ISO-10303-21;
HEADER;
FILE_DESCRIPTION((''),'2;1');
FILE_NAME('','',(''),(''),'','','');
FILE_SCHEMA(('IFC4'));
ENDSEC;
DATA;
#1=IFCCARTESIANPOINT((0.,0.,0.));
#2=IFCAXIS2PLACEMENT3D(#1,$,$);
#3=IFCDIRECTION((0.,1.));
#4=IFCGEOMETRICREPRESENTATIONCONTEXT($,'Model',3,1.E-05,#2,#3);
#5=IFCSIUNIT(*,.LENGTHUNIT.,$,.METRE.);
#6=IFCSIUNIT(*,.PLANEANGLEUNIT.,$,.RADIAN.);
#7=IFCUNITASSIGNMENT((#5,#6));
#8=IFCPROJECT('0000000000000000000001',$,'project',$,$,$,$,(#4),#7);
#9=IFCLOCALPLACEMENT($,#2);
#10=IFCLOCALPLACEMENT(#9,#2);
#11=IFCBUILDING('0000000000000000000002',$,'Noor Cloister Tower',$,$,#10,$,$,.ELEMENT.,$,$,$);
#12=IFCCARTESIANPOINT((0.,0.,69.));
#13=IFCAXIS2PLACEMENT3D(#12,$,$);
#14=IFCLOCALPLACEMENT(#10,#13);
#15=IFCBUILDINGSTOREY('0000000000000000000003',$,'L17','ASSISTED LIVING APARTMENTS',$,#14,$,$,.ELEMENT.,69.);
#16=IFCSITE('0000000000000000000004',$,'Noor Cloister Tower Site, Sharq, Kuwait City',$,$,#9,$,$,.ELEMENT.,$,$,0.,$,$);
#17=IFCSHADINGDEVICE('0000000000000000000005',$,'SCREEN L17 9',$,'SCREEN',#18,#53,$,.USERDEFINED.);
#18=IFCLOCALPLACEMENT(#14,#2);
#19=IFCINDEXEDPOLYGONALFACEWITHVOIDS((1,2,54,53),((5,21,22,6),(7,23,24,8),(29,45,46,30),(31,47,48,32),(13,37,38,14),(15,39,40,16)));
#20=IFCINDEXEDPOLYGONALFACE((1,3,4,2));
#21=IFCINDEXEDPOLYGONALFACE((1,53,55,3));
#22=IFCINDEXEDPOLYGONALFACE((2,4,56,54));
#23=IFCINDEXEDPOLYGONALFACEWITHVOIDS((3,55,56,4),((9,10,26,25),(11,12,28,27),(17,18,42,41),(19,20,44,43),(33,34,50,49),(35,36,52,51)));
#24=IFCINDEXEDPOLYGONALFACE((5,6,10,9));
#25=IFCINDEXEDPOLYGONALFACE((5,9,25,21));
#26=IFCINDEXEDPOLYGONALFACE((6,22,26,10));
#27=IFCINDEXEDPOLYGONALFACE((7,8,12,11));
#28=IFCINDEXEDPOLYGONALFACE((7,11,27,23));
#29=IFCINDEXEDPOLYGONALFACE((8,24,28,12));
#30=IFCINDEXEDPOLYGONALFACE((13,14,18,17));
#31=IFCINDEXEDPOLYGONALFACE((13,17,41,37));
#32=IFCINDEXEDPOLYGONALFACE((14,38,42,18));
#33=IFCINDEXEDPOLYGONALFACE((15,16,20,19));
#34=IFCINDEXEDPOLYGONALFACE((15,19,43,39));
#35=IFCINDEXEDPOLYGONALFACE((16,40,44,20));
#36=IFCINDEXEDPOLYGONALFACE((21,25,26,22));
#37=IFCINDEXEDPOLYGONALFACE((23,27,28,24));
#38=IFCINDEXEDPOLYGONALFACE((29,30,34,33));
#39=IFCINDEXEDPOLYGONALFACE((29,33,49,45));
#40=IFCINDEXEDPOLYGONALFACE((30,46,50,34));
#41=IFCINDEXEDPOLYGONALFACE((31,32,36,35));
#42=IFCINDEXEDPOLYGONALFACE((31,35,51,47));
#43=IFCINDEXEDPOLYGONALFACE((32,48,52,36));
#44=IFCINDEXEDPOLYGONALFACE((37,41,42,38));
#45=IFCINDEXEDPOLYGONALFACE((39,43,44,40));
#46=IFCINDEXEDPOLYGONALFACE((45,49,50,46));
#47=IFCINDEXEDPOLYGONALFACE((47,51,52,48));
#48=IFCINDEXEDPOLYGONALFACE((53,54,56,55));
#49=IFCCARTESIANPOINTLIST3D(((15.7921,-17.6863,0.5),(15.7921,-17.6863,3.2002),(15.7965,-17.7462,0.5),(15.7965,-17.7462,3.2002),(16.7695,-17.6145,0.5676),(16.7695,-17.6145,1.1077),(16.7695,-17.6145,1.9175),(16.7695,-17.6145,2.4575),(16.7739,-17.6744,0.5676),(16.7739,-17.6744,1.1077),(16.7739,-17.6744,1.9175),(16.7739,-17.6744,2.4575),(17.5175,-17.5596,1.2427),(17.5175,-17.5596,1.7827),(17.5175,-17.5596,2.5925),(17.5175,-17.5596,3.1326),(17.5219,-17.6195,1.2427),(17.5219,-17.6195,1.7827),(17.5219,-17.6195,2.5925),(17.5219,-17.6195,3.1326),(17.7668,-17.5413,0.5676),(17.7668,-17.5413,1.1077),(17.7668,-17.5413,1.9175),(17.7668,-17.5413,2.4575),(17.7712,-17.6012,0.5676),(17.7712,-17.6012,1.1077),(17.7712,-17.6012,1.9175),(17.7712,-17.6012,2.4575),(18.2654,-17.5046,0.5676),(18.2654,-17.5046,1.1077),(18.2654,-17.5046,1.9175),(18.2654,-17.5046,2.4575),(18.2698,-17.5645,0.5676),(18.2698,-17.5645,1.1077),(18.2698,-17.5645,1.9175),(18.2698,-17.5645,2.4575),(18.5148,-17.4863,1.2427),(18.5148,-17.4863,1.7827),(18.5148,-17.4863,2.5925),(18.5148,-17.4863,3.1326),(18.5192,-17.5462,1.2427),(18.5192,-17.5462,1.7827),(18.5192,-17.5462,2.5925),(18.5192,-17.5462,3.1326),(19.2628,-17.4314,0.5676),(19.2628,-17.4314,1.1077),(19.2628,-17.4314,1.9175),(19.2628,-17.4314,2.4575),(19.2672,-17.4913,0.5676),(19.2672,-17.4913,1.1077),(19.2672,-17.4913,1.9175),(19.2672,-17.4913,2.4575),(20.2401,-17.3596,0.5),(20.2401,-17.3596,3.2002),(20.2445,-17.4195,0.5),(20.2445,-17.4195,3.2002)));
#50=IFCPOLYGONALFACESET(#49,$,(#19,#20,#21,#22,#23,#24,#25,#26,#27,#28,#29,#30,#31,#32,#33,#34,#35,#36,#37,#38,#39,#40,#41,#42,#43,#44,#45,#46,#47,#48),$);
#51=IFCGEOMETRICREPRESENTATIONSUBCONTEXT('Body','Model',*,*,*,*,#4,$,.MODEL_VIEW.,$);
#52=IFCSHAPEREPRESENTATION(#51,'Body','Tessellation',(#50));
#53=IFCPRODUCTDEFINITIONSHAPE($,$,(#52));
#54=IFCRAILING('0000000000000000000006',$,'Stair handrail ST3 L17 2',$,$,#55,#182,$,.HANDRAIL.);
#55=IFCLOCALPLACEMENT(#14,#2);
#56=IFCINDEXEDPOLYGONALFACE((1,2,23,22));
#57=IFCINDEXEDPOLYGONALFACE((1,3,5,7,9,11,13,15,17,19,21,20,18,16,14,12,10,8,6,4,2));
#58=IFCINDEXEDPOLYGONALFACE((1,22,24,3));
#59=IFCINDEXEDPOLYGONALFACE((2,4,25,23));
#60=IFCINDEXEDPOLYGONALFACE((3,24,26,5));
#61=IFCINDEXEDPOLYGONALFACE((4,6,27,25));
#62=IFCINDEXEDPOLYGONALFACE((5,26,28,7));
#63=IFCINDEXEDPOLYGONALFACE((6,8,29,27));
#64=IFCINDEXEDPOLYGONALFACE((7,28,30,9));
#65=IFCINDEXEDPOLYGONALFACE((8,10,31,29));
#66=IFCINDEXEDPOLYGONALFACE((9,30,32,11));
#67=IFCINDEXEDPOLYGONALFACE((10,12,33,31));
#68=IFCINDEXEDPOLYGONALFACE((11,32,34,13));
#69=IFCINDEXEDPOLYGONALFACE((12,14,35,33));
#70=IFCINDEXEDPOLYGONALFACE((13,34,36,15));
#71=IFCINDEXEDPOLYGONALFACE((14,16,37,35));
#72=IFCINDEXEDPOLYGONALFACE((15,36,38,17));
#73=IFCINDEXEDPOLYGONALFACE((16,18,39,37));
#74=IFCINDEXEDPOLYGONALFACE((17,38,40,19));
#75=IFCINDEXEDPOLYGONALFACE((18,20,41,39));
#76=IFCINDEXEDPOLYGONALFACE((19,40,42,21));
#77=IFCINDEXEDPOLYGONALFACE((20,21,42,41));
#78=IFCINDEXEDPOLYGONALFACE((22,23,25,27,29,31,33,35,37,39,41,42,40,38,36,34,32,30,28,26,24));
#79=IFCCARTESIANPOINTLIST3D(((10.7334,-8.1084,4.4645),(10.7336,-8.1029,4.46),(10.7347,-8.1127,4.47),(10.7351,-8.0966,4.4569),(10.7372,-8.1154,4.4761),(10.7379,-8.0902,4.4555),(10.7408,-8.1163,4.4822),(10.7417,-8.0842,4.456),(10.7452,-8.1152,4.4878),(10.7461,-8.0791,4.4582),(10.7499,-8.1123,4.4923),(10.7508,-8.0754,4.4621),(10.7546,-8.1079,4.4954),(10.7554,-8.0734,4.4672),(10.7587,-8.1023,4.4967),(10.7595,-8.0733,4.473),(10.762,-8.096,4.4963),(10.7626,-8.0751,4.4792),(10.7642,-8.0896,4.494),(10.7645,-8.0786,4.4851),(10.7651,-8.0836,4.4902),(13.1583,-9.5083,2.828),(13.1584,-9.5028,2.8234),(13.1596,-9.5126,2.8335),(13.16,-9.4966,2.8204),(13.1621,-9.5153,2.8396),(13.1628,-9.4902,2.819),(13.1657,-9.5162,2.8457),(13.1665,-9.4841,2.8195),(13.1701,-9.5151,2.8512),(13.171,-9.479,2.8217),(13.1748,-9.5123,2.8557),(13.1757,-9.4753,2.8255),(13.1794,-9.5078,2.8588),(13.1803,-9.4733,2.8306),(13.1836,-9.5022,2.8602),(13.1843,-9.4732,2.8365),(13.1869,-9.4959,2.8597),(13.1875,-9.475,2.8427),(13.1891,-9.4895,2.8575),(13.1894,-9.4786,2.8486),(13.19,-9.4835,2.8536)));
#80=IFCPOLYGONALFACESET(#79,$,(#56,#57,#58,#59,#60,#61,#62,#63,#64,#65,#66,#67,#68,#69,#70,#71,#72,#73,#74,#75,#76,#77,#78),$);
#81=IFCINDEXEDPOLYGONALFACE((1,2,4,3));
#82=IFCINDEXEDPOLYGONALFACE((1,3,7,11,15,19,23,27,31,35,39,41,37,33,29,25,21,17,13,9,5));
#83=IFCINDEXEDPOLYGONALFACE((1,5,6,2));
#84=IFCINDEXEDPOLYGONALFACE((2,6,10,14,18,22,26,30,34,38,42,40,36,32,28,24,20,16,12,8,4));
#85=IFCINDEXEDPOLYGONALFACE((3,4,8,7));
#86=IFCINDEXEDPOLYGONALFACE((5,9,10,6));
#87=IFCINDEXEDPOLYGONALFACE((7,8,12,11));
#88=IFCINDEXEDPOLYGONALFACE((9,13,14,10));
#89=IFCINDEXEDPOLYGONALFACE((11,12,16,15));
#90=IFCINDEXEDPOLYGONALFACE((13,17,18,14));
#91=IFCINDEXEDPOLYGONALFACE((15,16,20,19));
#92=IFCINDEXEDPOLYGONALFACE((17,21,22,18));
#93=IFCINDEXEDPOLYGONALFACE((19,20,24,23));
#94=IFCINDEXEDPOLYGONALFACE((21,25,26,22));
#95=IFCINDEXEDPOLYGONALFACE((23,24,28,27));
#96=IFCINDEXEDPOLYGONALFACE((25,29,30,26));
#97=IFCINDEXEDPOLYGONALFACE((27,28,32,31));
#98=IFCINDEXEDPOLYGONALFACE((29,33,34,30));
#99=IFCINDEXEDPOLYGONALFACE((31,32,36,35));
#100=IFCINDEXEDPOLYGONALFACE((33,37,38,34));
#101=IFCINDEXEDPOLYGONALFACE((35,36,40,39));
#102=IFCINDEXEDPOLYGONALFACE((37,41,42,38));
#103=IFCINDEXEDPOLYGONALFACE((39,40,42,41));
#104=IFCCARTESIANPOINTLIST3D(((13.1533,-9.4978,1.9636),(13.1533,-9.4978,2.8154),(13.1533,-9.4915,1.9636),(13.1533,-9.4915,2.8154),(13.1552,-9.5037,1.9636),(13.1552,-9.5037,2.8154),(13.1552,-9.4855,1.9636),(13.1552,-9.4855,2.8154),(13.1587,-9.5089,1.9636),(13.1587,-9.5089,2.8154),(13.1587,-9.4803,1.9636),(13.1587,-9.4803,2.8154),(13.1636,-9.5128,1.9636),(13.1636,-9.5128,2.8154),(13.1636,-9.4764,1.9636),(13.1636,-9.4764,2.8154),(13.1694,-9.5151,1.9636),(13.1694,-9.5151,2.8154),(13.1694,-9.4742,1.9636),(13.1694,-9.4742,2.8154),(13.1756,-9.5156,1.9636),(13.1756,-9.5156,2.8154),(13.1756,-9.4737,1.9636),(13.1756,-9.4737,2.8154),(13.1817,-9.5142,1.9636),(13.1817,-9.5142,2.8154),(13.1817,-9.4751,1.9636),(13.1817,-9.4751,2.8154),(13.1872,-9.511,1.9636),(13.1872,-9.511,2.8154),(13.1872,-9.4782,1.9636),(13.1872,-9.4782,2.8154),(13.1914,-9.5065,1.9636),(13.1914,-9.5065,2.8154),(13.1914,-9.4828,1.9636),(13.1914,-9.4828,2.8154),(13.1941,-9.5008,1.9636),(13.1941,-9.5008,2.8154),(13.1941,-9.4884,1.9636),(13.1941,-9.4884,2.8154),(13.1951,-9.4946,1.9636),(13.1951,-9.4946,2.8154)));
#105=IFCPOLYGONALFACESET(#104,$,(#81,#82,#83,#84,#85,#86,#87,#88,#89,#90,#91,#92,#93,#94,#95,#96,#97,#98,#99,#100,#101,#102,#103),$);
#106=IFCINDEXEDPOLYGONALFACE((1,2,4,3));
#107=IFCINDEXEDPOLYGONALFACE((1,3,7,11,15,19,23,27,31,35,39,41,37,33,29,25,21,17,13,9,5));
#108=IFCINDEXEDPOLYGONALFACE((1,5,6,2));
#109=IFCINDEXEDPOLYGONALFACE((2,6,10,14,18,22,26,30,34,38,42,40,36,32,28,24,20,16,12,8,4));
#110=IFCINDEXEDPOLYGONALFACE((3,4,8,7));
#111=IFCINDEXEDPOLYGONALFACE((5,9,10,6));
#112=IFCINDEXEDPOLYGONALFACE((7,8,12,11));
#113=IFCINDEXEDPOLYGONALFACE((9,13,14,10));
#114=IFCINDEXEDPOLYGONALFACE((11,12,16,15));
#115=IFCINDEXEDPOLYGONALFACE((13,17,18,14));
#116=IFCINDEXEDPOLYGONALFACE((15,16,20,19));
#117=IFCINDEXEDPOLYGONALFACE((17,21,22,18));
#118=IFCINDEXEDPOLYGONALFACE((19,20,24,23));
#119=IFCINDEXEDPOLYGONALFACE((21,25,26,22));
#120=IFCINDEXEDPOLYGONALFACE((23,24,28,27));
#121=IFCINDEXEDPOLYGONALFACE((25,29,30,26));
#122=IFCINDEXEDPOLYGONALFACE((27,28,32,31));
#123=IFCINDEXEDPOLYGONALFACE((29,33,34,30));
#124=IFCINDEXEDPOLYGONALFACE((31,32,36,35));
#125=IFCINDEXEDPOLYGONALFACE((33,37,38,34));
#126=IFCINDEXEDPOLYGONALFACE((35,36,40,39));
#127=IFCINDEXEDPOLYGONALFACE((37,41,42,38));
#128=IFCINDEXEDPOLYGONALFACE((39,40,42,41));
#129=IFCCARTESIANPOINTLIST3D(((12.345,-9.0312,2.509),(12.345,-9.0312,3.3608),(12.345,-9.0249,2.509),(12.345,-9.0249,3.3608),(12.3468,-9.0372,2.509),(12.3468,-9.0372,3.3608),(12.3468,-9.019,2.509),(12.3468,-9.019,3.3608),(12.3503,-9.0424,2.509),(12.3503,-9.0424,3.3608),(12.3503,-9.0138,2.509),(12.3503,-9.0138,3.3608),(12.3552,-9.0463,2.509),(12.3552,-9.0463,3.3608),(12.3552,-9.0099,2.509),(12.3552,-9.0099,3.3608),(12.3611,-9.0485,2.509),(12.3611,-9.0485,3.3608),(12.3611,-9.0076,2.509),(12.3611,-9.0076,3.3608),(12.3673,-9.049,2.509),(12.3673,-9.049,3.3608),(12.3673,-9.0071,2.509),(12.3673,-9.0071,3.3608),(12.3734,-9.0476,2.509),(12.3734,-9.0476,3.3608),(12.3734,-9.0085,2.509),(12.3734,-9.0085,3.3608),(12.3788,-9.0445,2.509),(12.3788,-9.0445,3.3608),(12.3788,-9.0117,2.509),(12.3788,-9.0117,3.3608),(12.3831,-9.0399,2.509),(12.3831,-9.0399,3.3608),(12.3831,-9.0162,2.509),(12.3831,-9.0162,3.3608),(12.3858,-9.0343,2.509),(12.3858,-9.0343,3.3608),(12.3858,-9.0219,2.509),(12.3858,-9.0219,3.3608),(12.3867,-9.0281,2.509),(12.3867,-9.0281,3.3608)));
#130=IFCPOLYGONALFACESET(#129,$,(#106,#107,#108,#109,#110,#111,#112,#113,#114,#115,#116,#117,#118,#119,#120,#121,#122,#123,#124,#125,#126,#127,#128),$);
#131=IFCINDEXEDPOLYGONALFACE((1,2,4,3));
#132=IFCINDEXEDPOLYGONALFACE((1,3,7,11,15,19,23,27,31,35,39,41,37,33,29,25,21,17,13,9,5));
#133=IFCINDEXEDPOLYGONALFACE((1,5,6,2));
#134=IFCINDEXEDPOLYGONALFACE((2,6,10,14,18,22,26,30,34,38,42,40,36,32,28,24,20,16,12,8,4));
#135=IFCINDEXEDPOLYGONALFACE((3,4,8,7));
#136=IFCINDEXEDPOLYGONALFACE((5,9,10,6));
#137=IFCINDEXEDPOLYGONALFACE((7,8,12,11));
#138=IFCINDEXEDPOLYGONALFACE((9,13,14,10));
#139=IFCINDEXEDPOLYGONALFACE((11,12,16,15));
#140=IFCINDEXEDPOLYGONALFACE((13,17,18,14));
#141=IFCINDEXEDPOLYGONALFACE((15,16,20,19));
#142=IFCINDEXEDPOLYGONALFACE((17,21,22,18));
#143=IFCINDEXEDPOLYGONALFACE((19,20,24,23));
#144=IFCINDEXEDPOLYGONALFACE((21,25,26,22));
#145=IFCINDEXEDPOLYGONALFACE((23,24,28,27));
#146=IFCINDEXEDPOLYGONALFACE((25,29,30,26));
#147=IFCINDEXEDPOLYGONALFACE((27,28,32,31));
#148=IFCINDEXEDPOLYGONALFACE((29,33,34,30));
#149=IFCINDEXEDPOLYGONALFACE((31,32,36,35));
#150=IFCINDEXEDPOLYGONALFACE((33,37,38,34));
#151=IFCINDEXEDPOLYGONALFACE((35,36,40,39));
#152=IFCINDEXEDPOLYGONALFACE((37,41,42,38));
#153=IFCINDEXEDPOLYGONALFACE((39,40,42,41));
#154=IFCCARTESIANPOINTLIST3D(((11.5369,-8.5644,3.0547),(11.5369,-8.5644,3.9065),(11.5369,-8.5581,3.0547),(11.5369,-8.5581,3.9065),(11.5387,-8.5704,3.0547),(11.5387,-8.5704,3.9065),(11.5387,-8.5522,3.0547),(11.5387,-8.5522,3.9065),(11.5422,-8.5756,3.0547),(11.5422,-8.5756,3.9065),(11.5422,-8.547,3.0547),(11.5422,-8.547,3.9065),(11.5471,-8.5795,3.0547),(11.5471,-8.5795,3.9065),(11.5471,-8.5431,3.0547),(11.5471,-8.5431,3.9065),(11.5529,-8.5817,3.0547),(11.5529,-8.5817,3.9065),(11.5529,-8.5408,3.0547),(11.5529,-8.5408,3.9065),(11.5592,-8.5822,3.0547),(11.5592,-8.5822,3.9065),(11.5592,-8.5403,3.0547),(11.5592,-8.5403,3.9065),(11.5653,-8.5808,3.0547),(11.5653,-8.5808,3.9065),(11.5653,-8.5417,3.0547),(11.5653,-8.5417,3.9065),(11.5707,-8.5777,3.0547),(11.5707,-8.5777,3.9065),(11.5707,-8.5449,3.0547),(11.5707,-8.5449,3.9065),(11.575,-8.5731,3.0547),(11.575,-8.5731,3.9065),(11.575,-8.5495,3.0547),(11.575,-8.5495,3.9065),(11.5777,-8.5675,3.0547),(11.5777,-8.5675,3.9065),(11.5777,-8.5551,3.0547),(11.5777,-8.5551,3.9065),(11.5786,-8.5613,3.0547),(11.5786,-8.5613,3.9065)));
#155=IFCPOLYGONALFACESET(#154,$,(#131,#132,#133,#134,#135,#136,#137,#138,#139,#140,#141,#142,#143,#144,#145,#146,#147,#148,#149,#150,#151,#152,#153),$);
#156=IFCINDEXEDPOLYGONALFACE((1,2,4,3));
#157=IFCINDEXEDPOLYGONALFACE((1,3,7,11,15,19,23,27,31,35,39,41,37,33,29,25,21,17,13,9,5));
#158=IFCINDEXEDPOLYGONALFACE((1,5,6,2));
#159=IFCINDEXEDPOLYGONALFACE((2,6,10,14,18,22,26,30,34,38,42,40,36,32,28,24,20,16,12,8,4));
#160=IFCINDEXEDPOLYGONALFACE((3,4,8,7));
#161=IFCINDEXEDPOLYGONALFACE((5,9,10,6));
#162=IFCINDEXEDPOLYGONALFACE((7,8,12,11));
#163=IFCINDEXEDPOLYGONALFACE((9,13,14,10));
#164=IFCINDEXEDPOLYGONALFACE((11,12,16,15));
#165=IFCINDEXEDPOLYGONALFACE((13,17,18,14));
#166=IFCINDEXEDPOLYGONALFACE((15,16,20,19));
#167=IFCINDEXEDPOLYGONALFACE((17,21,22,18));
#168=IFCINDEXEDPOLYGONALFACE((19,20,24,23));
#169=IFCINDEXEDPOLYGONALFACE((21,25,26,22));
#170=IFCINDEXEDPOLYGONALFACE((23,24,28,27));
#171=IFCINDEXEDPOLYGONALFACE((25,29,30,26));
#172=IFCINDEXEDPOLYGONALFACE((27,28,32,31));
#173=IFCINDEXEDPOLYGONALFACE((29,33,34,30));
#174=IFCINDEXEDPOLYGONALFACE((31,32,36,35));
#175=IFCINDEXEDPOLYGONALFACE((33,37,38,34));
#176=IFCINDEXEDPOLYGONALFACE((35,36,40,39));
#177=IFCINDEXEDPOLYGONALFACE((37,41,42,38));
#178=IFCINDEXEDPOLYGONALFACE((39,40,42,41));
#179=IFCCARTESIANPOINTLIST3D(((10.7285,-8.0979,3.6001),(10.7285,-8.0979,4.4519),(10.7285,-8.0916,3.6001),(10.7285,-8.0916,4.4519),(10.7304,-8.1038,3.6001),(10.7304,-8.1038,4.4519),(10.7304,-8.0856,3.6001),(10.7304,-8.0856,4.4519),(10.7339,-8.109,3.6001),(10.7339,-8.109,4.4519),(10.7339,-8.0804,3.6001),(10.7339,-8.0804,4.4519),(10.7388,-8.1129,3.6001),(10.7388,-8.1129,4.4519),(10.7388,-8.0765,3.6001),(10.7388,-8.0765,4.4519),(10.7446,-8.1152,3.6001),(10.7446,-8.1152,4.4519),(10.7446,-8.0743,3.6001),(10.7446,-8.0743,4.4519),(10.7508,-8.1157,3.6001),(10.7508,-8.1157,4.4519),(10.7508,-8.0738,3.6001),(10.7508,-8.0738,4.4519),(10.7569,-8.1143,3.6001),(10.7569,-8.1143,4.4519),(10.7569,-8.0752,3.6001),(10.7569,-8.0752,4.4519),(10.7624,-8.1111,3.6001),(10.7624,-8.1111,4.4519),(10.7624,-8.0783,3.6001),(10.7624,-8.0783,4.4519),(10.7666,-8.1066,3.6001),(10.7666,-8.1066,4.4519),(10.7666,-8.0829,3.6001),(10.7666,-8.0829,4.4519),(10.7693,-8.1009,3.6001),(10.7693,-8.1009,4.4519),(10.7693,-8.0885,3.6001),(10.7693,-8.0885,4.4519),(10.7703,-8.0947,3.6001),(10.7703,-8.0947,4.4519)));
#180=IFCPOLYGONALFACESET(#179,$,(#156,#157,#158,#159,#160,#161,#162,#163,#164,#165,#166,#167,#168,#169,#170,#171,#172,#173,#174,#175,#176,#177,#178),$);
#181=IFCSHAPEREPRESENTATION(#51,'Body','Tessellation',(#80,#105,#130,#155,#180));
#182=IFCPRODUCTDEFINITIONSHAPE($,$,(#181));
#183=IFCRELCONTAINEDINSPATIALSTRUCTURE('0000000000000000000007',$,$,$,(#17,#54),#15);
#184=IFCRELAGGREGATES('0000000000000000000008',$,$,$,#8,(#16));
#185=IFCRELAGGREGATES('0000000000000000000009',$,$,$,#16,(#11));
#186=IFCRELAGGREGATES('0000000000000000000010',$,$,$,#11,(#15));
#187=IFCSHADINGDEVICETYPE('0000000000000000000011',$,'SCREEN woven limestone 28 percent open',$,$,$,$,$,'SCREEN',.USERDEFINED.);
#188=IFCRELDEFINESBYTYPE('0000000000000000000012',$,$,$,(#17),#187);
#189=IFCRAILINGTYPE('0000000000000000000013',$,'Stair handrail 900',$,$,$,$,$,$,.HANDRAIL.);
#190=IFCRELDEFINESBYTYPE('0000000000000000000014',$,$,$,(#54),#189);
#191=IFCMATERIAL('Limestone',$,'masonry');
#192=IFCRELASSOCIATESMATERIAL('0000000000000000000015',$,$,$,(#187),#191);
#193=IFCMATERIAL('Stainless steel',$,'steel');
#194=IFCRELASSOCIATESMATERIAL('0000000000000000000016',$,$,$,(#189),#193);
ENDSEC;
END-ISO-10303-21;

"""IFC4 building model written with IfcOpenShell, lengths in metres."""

from ifc_helpers import new_model, si_unit, direction, frame, origin, origin_2d, place, context, subcontext, project, spatial, polyline, circle, outline, extrude, material, material_profile, profile_set, type_object, element, save


model = new_model("IFC4")

# Units and contexts
model_context = context("Model", 3, precision=1e-05, world=origin(), true_north=direction((0.0, 1.0)))
body_context = subcontext(model_context, "Body", "Model", "MODEL_VIEW")
ifc_project = project(units=[si_unit("LENGTHUNIT", "METRE"), si_unit("PLANEANGLEUNIT", "RADIAN")], contexts=[model_context])

# Site, building, storey
site_placement = place(None, origin())
site = spatial("IfcSite", under=ifc_project, at=site_placement, Name="Noor Cloister Tower Site, Sharq, Kuwait City", CompositionType="ELEMENT", RefElevation=0.0)
building_placement = place(site_placement, origin())
building = spatial("IfcBuilding", under=site, at=building_placement, Name="Noor Cloister Tower", CompositionType="ELEMENT")
storey_placement = place(building_placement, frame((0.0, 0.0, 69.0)))
storey = spatial("IfcBuildingStorey", under=building, at=storey_placement, Name="L17", Description="ASSISTED LIVING APARTMENTS", CompositionType="ELEMENT", Elevation=69.0)

# Shading device
ifc_material_1 = material(Name="Limestone", Category="masonry")
ifc_material_profile_1 = material_profile(ifc_material_1, outline(polyline([(-2.23, -1.3501), (2.23, -1.3501), (2.23, 1.3501), (-2.23, 1.3501), (-2.23, -1.3501)]), holes=[polyline([(-1.25, -1.2825), (-0.25, -1.2825), (-0.25, -0.7424), (-1.25, -0.7424), (-1.25, -1.2825)]), polyline([(0.25, -1.2825), (1.25, -1.2825), (1.25, -0.7424), (0.25, -0.7424), (0.25, -1.2825)]), polyline([(-0.5, -0.6074), (0.5, -0.6074), (0.5, -0.0674), (-0.5, -0.0674), (-0.5, -0.6074)]), polyline([(-1.25, 0.0674), (-0.25, 0.0674), (-0.25, 0.6074), (-1.25, 0.6074), (-1.25, 0.0674)]), polyline([(0.25, 0.0674), (1.25, 0.0674), (1.25, 0.6074), (0.25, 0.6074), (0.25, 0.0674)]), polyline([(-0.5, 0.7424), (0.5, 0.7424), (0.5, 1.2825), (-0.5, 1.2825), (-0.5, 0.7424)])]), Name="Woven screen 28 percent open")
ifc_profile_set_1 = profile_set([ifc_material_profile_1], Name="Limestone")
shading_device_type = type_object("IfcShadingDeviceType", Name="SCREEN woven limestone 28 percent open", ElementType="SCREEN", PredefinedType="USERDEFINED", material=ifc_profile_set_1)
shading_device_1_placement = place(storey_placement, frame((18.0161, -17.5229, 1.8501), z_axis=(0.073272, -0.997312, 0.0), x_axis=(0.997312, 0.073272, 0.0)))
element("IfcShadingDevice", 1, at=shading_device_1_placement, inside=storey, type_object=shading_device_type, Name="SCREEN L17 9", ObjectType="SCREEN", PredefinedType="USERDEFINED", context=body_context, shape_type="SweptSolid", body=[
    extrude(outline(polyline([(-2.23, -1.3501), (2.23, -1.3501), (2.23, 1.3501), (-2.23, 1.3501), (-2.23, -1.3501)]), holes=[polyline([(-1.25, -1.2825), (-0.25, -1.2825), (-0.25, -0.7424), (-1.25, -0.7424), (-1.25, -1.2825)]), polyline([(0.25, -1.2825), (1.25, -1.2825), (1.25, -0.7424), (0.25, -0.7424), (0.25, -1.2825)]), polyline([(-0.5, -0.6074), (0.5, -0.6074), (0.5, -0.0674), (-0.5, -0.0674), (-0.5, -0.6074)]), polyline([(-1.25, 0.0674), (-0.25, 0.0674), (-0.25, 0.6074), (-1.25, 0.6074), (-1.25, 0.0674)]), polyline([(0.25, 0.0674), (1.25, 0.0674), (1.25, 0.6074), (0.25, 0.6074), (0.25, 0.0674)]), polyline([(-0.5, 0.7424), (0.5, 0.7424), (0.5, 1.2825), (-0.5, 1.2825), (-0.5, 0.7424)])]), origin(), (0.0, 0.0, 1.0), 0.0601),
])

# Railing
ifc_material_2 = material(Name="Stainless steel", Category="steel")
railing_type = type_object("IfcRailingType", Name="Stair handrail 900", PredefinedType="HANDRAIL", material=ifc_material_2)
railing_placement = place(storey_placement, frame((13.1741, -9.4946, 1.9636)))
element("IfcRailing", 2, at=railing_placement, inside=storey, type_object=railing_type, Name="Stair handrail ST3 L17 2", PredefinedType="HANDRAIL", context=body_context, shape_type="SweptSolid", body=[
    extrude(circle(Radius=0.0239, at=origin_2d()), frame((0.0, 0.0, 0.876), z_axis=(-0.74769, 0.431661, 0.504608), x_axis=(-0.499984, -0.866035, 0.0)), (0.0, 0.0, 1.0), 3.2432),
    extrude(circle(Radius=0.021, at=origin_2d()), origin(), (0.0, 0.0, 1.0), 0.8518),
    extrude(circle(Radius=0.021, at=origin_2d()), frame((-0.8083, 0.4666, 0.5454)), (0.0, 0.0, 1.0), 0.8518),
    extrude(circle(Radius=0.021, at=origin_2d()), frame((-1.6165, 0.9333, 1.0911)), (0.0, 0.0, 1.0), 0.8518),
    extrude(circle(Radius=0.021, at=origin_2d()), frame((-2.4248, 1.3999, 1.6365)), (0.0, 0.0, 1.0), 0.8518),
])

save(model, "model.ifc")
